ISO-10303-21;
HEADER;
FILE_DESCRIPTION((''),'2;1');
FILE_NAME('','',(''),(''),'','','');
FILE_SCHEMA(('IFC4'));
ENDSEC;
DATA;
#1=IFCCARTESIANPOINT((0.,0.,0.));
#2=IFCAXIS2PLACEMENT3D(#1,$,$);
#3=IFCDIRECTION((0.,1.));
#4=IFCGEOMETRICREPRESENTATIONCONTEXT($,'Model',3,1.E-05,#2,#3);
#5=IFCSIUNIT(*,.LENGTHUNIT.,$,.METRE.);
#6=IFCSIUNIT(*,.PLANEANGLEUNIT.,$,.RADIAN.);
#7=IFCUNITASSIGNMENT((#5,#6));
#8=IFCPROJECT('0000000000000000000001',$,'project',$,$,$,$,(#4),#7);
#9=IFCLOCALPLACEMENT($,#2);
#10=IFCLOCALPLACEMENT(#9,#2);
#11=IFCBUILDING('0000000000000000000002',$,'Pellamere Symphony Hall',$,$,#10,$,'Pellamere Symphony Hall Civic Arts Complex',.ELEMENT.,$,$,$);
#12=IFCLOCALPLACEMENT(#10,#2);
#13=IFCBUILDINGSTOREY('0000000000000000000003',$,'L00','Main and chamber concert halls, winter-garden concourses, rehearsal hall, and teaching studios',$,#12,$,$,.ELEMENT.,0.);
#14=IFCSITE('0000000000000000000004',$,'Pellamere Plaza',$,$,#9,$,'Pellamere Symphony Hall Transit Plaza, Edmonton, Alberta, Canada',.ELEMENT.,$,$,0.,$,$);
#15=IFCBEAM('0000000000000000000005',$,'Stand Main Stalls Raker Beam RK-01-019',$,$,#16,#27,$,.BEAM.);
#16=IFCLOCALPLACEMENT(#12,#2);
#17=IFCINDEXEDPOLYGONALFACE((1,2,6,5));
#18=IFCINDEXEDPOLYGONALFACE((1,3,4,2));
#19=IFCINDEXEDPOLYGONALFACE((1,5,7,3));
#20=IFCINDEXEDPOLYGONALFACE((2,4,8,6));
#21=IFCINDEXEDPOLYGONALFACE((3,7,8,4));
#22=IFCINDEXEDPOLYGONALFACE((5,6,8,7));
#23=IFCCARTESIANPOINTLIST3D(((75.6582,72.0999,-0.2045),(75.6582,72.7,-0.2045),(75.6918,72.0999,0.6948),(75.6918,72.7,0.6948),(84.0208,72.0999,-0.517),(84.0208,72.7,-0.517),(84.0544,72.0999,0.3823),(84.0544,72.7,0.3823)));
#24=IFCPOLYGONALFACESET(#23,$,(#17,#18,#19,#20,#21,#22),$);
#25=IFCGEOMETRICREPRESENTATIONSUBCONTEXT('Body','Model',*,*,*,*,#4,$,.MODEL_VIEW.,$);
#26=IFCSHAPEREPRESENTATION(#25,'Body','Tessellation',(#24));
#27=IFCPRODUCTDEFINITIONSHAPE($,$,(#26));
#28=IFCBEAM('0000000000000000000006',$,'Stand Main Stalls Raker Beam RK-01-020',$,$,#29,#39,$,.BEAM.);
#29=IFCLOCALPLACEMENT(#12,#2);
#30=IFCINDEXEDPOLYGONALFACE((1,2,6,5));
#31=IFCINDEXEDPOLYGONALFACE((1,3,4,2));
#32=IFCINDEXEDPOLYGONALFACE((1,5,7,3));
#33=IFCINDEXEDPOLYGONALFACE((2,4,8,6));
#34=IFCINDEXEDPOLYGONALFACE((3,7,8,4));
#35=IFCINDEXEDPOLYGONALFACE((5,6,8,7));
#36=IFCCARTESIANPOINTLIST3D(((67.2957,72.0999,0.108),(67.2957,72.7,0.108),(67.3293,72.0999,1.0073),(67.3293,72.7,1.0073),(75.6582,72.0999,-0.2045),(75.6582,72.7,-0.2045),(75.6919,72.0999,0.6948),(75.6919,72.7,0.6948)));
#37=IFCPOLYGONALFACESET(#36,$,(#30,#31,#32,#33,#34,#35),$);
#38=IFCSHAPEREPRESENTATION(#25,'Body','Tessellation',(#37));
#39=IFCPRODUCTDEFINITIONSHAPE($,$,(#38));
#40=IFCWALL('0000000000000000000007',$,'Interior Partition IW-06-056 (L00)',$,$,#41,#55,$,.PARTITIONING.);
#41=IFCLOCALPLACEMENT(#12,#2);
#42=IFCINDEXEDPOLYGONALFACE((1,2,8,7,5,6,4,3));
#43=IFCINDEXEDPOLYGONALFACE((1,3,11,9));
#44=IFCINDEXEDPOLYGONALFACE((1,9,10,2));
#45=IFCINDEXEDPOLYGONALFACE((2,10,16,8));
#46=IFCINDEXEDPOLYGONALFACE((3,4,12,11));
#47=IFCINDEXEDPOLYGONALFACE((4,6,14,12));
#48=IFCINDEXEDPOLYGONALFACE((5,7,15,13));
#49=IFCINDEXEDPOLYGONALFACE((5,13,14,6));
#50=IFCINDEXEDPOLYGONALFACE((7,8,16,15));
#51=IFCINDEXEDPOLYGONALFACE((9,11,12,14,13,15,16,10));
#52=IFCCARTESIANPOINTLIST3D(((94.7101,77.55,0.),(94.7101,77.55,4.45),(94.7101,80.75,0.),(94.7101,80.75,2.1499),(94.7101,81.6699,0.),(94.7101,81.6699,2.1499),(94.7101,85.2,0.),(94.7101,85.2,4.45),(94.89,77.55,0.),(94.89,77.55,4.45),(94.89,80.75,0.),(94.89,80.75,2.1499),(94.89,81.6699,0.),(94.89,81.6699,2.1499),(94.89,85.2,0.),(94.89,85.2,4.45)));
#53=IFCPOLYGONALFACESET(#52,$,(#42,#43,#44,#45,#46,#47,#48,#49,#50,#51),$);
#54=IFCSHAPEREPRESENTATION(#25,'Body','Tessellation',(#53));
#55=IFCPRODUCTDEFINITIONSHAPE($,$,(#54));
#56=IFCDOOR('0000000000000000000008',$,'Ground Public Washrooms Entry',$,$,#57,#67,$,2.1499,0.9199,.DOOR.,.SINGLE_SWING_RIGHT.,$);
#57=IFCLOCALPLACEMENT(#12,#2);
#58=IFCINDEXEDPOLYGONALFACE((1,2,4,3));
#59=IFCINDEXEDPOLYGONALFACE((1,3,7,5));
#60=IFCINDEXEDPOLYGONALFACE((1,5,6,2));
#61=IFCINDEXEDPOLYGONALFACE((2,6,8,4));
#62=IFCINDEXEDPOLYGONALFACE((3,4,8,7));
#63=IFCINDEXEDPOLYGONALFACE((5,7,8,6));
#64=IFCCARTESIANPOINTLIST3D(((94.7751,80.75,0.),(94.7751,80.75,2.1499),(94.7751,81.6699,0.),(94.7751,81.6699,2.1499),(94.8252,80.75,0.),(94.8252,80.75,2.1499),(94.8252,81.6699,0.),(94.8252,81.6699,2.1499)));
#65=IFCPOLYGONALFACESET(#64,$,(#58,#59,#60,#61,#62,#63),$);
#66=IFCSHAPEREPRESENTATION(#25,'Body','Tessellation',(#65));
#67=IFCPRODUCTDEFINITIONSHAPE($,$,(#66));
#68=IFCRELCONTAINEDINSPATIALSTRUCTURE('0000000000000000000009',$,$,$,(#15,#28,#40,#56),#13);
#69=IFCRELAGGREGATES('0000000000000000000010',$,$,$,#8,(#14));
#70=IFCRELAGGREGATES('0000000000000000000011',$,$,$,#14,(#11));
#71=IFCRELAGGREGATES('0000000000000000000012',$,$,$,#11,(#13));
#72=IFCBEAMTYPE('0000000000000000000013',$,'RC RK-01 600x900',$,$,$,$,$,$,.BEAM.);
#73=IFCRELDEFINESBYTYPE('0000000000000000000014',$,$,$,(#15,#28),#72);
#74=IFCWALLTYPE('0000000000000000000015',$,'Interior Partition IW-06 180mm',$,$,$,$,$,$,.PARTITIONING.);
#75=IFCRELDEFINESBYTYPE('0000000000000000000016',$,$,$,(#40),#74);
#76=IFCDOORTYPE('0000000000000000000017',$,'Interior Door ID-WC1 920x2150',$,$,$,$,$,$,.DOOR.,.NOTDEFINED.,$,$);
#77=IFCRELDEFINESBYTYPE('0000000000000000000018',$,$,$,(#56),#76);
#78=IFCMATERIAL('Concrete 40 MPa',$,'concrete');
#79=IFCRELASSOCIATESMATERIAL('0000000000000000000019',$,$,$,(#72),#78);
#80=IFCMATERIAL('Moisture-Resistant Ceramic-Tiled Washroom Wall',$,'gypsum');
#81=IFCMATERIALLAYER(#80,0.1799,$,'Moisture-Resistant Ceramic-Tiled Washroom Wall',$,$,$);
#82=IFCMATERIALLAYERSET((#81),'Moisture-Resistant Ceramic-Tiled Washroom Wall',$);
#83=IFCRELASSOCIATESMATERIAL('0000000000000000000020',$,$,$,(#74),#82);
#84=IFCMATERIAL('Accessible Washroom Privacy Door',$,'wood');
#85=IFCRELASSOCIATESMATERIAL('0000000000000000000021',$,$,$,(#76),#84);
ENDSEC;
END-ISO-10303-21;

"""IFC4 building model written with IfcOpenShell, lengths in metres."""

from ifc_helpers import new_model, si_unit, direction, frame, frame_2d, origin, origin_2d, place, context, subcontext, project, spatial, rectangle, extrude, material, layer, layer_set, material_profile, profile_set, type_object, element, fill, save


model = new_model("IFC4")

# Units and contexts
model_context = context("Model", 3, precision=1e-05, world=origin(), true_north=direction((0.0, 1.0)))
body_context = subcontext(model_context, "Body", "Model", "MODEL_VIEW")
ifc_project = project(units=[si_unit("LENGTHUNIT", "METRE"), si_unit("PLANEANGLEUNIT", "RADIAN")], contexts=[model_context])

# Site, building, storey
site_placement = place(None, origin())
site = spatial("IfcSite", under=ifc_project, at=site_placement, Name="Pellamere Plaza", LongName="Pellamere Symphony Hall Transit Plaza, Edmonton, Alberta, Canada", CompositionType="ELEMENT", RefElevation=0.0)
building_placement = place(site_placement, origin())
building = spatial("IfcBuilding", under=site, at=building_placement, Name="Pellamere Symphony Hall", LongName="Pellamere Symphony Hall Civic Arts Complex", CompositionType="ELEMENT")
storey_placement = place(building_placement, origin())
storey = spatial("IfcBuildingStorey", under=building, at=storey_placement, Name="L00", Description="Main and chamber concert halls, winter-garden concourses, rehearsal hall, and teaching studios", CompositionType="ELEMENT", Elevation=0.0)

# Shared definitions
ifc_material_1 = material(Name="Concrete 40 MPa", Category="concrete")

# Beams
ifc_material_profile_1 = material_profile(ifc_material_1, rectangle(XDim=0.6001, YDim=0.8999, at=origin_2d()), Name="RC 600x900")
ifc_profile_set_1 = profile_set([ifc_material_profile_1], Name="Concrete 40 MPa")
beam_type_1 = type_object("IfcBeamType", Name="RC RK-01 600x900", PredefinedType="BEAM", material=ifc_profile_set_1)
for number, where, z_axis, x_axis, name in (
    (1, (84.0376, 72.3999, -0.0674), (-0.999303, 0.0, 0.037343), (0.0, -1.0, 0.0), "Stand Main Stalls Raker Beam RK-01-019"),
    (2, (75.675, 72.3999, 0.2451), (-0.999303, 0.0, 0.037343), (0.0, -1.0, 0.0), "Stand Main Stalls Raker Beam RK-01-020"),
):
    element("IfcBeam", number, at=place(storey_placement, frame(where, z_axis=z_axis, x_axis=x_axis)), inside=storey, type_object=beam_type_1, Name=name, PredefinedType="BEAM", context=body_context, shape_type="SweptSolid", body=[
        extrude(rectangle(XDim=0.6001, YDim=0.8999, at=origin_2d()), origin(), (0.0, 0.0, 1.0), 8.3684),
    ])

# Wall, opening, door
ifc_material_2 = material(Name="Moisture-Resistant Ceramic-Tiled Washroom Wall", Category="gypsum")
ifc_layer = layer(ifc_material_2, 0.1799, Name="Moisture-Resistant Ceramic-Tiled Washroom Wall")
ifc_layer_set = layer_set([ifc_layer], Name="Moisture-Resistant Ceramic-Tiled Washroom Wall")
wall_type = type_object("IfcWallType", Name="Interior Partition IW-06 180mm", PredefinedType="PARTITIONING", material=ifc_layer_set)
wall_placement = place(storey_placement, frame((94.8, 77.55, 0.0), z_axis=(0.0, 0.0, 1.0), x_axis=(0.0, 1.0, 0.0)))
wall = element("IfcWall", 3, at=wall_placement, inside=storey, type_object=wall_type, Name="Interior Partition IW-06-056 (L00)", PredefinedType="PARTITIONING", context=body_context, shape_type="SweptSolid", body=[
    extrude(rectangle(XDim=7.6499, YDim=0.1799, at=frame_2d((3.825, 0.0))), origin(), (0.0, 0.0, 1.0), 4.45),
])
opening_placement = place(wall_placement, frame((3.2, 0.0, 0.0)))
opening = element("IfcOpeningElement", 4, at=opening_placement, cuts=wall, PredefinedType="OPENING", context=body_context, shape_type="SweptSolid", body=[
    extrude(rectangle(XDim=0.9199, YDim=2.1499, at=frame_2d((0.46, 1.075))), frame((0.0, 0.0999, 0.0), z_axis=(0.0, -1.0, 0.0), x_axis=(1.0, 0.0, 0.0)), (0.0, 0.0, 1.0), 0.2),
])
ifc_material_3 = material(Name="Accessible Washroom Privacy Door", Category="wood")
door_type = type_object("IfcDoorType", Name="Interior Door ID-WC1 920x2150", OperationType="NOTDEFINED", PredefinedType="DOOR", material=ifc_material_3)
door_placement = place(opening_placement, origin())
door = element("IfcDoor", 5, at=door_placement, inside=storey, type_object=door_type, Name="Ground Public Washrooms Entry", OperationType="SINGLE_SWING_RIGHT", OverallHeight=2.1499, OverallWidth=0.9199, PredefinedType="DOOR", context=body_context, shape_type="SweptSolid", body=[
    extrude(rectangle(XDim=0.9199, YDim=2.1499, at=frame_2d((0.46, 1.075))), frame((0.0, 0.0249, 0.0), z_axis=(0.0, -1.0, 0.0), x_axis=(1.0, 0.0, 0.0)), (0.0, 0.0, 1.0), 0.05),
])
fill(opening, door)

save(model, "model.ifc")
